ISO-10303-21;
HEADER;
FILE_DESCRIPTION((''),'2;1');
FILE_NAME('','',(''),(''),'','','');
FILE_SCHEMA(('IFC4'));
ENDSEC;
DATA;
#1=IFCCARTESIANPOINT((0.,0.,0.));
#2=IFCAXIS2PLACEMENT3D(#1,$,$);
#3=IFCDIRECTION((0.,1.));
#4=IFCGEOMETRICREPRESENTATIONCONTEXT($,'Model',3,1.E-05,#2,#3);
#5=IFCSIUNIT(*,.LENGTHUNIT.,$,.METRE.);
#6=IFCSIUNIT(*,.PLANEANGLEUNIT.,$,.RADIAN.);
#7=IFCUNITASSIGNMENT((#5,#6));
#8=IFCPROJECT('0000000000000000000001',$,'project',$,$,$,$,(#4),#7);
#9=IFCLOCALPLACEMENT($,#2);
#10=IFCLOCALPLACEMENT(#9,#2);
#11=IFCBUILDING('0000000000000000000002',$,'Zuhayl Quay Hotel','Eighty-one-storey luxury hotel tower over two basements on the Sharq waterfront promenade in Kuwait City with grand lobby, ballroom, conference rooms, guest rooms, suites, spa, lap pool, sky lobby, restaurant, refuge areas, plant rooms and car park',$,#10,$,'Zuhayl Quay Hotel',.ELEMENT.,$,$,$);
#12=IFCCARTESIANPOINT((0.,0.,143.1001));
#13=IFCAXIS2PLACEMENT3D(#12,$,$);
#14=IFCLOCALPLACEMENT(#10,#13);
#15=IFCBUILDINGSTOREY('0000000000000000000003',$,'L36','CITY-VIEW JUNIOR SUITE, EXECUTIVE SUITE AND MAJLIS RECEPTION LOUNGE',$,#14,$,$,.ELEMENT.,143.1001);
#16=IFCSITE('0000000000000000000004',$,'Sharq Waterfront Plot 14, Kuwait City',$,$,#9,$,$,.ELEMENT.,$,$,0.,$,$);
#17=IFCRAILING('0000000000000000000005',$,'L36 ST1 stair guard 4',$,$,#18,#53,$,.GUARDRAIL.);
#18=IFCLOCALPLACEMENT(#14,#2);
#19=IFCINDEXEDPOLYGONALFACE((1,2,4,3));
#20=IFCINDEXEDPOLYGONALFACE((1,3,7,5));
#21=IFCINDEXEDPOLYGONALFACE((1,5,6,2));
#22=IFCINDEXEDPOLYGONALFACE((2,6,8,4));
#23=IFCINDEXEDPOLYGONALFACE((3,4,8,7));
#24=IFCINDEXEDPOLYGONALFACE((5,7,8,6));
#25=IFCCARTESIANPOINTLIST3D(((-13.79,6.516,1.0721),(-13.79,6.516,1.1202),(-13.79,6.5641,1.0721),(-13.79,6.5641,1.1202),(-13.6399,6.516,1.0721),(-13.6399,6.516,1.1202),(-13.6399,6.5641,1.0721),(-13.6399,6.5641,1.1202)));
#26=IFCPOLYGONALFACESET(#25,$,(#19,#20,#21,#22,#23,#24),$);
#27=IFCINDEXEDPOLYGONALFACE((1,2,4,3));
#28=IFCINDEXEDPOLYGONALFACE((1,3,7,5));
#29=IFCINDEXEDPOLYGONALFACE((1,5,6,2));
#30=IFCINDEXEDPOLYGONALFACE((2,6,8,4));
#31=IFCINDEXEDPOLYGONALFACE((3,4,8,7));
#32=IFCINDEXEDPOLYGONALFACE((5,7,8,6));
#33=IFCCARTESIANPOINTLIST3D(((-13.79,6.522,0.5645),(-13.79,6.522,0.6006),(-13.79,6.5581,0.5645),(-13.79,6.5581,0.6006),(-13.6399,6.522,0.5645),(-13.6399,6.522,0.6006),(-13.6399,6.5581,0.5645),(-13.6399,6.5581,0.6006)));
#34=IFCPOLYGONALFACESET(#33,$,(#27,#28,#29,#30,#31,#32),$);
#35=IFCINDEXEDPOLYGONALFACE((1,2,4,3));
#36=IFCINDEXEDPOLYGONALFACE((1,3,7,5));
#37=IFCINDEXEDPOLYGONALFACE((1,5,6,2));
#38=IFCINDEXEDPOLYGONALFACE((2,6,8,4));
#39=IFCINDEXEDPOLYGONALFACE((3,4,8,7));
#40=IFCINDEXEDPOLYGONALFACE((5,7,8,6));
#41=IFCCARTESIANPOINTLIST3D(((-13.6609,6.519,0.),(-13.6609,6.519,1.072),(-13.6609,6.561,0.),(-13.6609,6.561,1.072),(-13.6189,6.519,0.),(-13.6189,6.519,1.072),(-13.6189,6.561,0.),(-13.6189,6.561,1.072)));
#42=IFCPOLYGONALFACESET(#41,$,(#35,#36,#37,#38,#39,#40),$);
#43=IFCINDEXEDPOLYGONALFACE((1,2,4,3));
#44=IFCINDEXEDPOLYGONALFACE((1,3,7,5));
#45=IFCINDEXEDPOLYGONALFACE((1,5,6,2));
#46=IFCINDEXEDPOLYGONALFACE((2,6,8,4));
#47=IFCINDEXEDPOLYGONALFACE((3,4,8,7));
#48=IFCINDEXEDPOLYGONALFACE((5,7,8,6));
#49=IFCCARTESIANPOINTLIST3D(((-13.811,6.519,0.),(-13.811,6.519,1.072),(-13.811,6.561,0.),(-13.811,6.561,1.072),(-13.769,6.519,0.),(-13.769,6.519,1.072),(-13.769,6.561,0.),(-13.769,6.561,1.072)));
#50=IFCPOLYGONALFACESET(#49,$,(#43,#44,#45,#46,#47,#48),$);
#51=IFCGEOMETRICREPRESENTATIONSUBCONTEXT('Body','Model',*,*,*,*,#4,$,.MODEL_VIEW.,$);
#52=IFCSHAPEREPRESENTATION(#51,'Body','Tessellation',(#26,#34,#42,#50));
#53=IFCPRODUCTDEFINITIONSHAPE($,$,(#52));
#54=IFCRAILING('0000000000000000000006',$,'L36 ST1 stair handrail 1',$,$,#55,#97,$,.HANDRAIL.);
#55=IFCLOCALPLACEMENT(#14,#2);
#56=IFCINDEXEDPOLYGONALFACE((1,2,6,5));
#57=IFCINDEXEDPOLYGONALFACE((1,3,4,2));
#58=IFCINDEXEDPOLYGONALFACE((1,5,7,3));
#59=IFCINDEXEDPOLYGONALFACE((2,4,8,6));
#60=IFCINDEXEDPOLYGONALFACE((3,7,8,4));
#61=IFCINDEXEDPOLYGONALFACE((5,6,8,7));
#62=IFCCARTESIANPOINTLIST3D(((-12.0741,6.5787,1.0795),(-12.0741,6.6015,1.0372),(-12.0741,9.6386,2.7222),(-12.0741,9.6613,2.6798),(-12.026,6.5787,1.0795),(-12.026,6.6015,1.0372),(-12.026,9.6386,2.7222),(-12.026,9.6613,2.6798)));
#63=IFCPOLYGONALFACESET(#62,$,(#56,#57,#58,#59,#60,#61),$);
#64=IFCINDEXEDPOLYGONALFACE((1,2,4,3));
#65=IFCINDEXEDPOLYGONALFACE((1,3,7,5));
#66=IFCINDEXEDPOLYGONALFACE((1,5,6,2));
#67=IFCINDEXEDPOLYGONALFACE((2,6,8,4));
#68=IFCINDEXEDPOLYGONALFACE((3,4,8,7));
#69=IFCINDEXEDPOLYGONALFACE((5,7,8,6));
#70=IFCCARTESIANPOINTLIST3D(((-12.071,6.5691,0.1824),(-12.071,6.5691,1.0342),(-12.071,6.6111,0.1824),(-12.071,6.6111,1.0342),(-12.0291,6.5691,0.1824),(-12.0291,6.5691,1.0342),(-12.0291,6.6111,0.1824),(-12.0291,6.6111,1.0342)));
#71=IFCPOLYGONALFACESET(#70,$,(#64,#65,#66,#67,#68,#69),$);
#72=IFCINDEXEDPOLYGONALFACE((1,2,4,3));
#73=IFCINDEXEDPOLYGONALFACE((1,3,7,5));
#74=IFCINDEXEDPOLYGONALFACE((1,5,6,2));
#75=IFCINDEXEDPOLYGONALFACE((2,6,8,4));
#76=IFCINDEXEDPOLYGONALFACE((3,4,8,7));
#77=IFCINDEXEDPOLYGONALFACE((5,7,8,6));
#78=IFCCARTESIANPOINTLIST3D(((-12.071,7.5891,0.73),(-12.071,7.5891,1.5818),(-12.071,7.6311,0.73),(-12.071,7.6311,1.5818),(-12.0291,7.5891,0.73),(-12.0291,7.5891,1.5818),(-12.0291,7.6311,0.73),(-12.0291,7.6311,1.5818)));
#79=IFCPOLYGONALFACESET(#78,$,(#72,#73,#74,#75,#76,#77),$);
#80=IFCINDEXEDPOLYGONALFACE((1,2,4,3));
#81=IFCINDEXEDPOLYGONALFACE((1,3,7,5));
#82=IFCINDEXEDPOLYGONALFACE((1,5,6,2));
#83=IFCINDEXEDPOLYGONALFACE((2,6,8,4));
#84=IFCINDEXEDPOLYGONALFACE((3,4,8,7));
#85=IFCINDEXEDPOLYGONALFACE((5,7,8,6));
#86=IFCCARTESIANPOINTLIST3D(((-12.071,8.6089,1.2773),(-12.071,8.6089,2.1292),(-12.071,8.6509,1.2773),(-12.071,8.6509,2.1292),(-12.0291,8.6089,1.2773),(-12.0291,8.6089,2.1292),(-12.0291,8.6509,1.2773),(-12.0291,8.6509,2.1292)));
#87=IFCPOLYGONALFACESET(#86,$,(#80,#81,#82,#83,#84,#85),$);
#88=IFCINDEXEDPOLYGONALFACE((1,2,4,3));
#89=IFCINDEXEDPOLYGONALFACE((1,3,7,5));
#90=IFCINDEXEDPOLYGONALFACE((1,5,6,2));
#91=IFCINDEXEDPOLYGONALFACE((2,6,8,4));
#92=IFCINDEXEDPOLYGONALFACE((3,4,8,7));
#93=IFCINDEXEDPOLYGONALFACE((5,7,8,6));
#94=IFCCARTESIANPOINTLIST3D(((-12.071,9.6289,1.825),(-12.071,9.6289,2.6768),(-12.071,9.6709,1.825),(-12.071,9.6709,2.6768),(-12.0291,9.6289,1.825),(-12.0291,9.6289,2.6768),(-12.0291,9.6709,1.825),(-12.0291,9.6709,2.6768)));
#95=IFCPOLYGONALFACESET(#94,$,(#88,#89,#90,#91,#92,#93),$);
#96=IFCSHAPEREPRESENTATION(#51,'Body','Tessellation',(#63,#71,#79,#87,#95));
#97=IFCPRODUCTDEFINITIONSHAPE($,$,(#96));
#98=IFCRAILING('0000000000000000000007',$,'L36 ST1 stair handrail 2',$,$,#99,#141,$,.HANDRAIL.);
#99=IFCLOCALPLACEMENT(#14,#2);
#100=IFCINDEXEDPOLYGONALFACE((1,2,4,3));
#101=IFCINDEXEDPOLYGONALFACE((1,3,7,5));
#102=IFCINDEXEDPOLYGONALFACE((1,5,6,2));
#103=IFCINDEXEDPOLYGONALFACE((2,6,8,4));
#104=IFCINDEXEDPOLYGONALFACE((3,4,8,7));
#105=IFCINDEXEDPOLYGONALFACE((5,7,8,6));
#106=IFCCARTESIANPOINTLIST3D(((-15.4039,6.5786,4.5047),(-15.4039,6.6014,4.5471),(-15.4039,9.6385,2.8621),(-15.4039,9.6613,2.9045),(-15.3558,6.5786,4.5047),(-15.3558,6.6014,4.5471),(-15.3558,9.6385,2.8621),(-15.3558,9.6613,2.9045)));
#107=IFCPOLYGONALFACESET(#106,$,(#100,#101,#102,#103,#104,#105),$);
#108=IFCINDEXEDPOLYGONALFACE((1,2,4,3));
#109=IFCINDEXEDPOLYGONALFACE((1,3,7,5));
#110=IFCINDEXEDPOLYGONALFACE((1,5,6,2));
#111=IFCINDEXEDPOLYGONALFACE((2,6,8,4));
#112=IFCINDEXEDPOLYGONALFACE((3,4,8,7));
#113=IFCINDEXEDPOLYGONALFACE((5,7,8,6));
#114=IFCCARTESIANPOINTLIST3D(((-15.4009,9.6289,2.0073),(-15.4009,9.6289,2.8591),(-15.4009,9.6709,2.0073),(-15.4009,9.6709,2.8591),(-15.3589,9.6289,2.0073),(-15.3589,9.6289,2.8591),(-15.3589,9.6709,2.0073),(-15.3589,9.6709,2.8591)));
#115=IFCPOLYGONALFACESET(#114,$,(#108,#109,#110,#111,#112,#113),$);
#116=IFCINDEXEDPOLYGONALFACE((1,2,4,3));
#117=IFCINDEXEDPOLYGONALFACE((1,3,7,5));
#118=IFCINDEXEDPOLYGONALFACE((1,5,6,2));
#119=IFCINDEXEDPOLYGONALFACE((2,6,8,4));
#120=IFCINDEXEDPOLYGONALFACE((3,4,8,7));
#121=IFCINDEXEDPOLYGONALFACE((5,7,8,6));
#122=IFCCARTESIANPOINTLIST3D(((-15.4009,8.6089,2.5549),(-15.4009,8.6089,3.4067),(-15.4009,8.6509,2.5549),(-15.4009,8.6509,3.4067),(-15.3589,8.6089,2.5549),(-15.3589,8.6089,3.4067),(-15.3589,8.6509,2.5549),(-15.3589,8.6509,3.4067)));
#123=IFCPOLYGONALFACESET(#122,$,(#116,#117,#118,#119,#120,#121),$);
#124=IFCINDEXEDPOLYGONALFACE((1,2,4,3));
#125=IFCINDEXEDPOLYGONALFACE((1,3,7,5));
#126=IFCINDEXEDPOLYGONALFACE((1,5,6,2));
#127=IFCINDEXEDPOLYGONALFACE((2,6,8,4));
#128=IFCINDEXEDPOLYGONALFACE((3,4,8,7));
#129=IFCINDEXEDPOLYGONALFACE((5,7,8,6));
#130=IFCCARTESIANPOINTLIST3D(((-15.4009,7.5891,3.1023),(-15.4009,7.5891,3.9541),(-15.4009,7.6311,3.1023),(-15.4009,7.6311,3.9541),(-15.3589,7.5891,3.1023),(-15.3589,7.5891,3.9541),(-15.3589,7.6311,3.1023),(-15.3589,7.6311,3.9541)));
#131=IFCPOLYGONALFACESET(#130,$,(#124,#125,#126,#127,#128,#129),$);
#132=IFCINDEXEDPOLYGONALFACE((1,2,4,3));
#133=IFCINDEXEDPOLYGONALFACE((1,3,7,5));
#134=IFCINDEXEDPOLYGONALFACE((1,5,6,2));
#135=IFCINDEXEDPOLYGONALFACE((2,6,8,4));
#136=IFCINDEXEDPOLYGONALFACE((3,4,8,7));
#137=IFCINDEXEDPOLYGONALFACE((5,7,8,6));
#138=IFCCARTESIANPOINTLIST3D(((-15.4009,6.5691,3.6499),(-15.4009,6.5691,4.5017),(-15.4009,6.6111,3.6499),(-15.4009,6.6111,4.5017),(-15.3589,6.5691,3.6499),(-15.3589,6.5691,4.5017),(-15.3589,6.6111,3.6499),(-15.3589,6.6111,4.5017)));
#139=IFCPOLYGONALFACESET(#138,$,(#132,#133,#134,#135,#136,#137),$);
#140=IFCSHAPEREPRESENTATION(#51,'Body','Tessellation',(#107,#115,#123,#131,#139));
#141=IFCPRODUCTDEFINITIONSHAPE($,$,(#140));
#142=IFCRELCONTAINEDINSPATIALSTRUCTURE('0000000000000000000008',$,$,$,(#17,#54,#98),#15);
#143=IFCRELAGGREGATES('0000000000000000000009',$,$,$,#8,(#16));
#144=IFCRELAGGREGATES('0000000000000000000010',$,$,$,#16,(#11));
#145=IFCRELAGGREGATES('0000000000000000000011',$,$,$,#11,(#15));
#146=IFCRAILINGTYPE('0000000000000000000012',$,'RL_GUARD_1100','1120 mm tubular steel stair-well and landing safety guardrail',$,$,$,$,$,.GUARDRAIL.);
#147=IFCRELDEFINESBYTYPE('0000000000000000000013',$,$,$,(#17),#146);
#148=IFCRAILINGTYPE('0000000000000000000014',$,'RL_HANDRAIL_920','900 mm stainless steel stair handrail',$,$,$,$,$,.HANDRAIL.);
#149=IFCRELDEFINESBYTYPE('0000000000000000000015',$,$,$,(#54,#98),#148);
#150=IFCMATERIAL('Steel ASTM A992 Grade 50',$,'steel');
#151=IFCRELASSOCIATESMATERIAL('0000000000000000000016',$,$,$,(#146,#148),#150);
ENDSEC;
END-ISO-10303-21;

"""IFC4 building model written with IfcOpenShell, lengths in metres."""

from ifc_helpers import new_model, si_unit, direction, frame, origin, origin_2d, place, context, subcontext, project, spatial, rectangle, extrude, material, type_object, element, save


model = new_model("IFC4")

# Units and contexts
model_context = context("Model", 3, precision=1e-05, world=origin(), true_north=direction((0.0, 1.0)))
body_context = subcontext(model_context, "Body", "Model", "MODEL_VIEW")
ifc_project = project(units=[si_unit("LENGTHUNIT", "METRE"), si_unit("PLANEANGLEUNIT", "RADIAN")], contexts=[model_context])

# Site, building, storey
site_placement = place(None, origin())
site = spatial("IfcSite", under=ifc_project, at=site_placement, Name="Sharq Waterfront Plot 14, Kuwait City", CompositionType="ELEMENT", RefElevation=0.0)
building_placement = place(site_placement, origin())
building = spatial("IfcBuilding", under=site, at=building_placement, Name="Zuhayl Quay Hotel", Description="Eighty-one-storey luxury hotel tower over two basements on the Sharq waterfront promenade in Kuwait City with grand lobby, ballroom, conference rooms, guest rooms, suites, spa, lap pool, sky lobby, restaurant, refuge areas, plant rooms and car park", LongName="Zuhayl Quay Hotel", CompositionType="ELEMENT")
storey_placement = place(building_placement, frame((0.0, 0.0, 143.1001)))
storey = spatial("IfcBuildingStorey", under=building, at=storey_placement, Name="L36", Description="CITY-VIEW JUNIOR SUITE, EXECUTIVE SUITE AND MAJLIS RECEPTION LOUNGE", CompositionType="ELEMENT", Elevation=143.1001)

# Shared definitions
ifc_material_1 = material(Name="Steel ASTM A992 Grade 50", Category="steel")

# Railings
railing_type_1 = type_object("IfcRailingType", Name="RL_GUARD_1100", Description="1120 mm tubular steel stair-well and landing safety guardrail", PredefinedType="GUARDRAIL", material=ifc_material_1)
railing_1_placement = place(storey_placement, frame((-13.6399, 6.54, 0.0)))
element("IfcRailing", 1, at=railing_1_placement, inside=storey, type_object=railing_type_1, Name="L36 ST1 stair guard 4", PredefinedType="GUARDRAIL", context=body_context, shape_type="SweptSolid", body=[
    extrude(rectangle(XDim=0.0481, YDim=0.0481, at=origin_2d()), frame((0.0, 0.0, 1.0962), z_axis=(-1.0, 0.0, 0.0), x_axis=(0.0, -1.0, 0.0)), (0.0, 0.0, 1.0), 0.1501),
    extrude(rectangle(XDim=0.0361, YDim=0.0361, at=origin_2d()), frame((0.0, 0.0, 0.5825), z_axis=(-1.0, 0.0, 0.0), x_axis=(0.0, -1.0, 0.0)), (0.0, 0.0, 1.0), 0.1501),
    extrude(rectangle(XDim=0.042, YDim=0.042, at=origin_2d()), origin(), (0.0, 0.0, 1.0), 1.072),
    extrude(rectangle(XDim=0.042, YDim=0.042, at=origin_2d()), frame((-0.1501, 0.0, 0.0)), (0.0, 0.0, 1.0), 1.072),
])
railing_type_2 = type_object("IfcRailingType", Name="RL_HANDRAIL_920", Description="900 mm stainless steel stair handrail", PredefinedType="HANDRAIL", material=ifc_material_1)
railing_2_placement = place(storey_placement, frame((-12.05, 6.5901, 0.1824)))
element("IfcRailing", 2, at=railing_2_placement, inside=storey, type_object=railing_type_2, Name="L36 ST1 stair handrail 1", PredefinedType="HANDRAIL", context=body_context, shape_type="SweptSolid", body=[
    extrude(rectangle(XDim=0.0481, YDim=0.0481, at=origin_2d()), frame((0.0, 0.0, 0.876), z_axis=(0.0, 0.881073, 0.47298), x_axis=(-1.0, 0.0, 0.0)), (0.0, 0.0, 1.0), 3.4729),
    extrude(rectangle(XDim=0.042, YDim=0.042, at=origin_2d()), origin(), (0.0, 0.0, 1.0), 0.8518),
    extrude(rectangle(XDim=0.042, YDim=0.042, at=origin_2d()), frame((0.0, 1.02, 0.5476)), (0.0, 0.0, 1.0), 0.8518),
    extrude(rectangle(XDim=0.042, YDim=0.042, at=origin_2d()), frame((0.0, 2.0398, 1.095)), (0.0, 0.0, 1.0), 0.8518),
    extrude(rectangle(XDim=0.042, YDim=0.042, at=origin_2d()), frame((0.0, 3.0598, 1.6426)), (0.0, 0.0, 1.0), 0.8518),
])
railing_3_placement = place(storey_placement, frame((-15.3799, 9.6499, 2.0073)))
element("IfcRailing", 3, at=railing_3_placement, inside=storey, type_object=railing_type_2, Name="L36 ST1 stair handrail 2", PredefinedType="HANDRAIL", context=body_context, shape_type="SweptSolid", body=[
    extrude(rectangle(XDim=0.0481, YDim=0.0481, at=origin_2d()), frame((0.0, 0.0, 0.876), z_axis=(0.0, -0.881073, 0.47298), x_axis=(1.0, 0.0, 0.0)), (0.0, 0.0, 1.0), 3.4729),
    extrude(rectangle(XDim=0.042, YDim=0.042, at=origin_2d()), origin(), (0.0, 0.0, 1.0), 0.8518),
    extrude(rectangle(XDim=0.042, YDim=0.042, at=origin_2d()), frame((0.0, -1.02, 0.5476)), (0.0, 0.0, 1.0), 0.8518),
    extrude(rectangle(XDim=0.042, YDim=0.042, at=origin_2d()), frame((0.0, -2.0398, 1.095)), (0.0, 0.0, 1.0), 0.8518),
    extrude(rectangle(XDim=0.042, YDim=0.042, at=origin_2d()), frame((0.0, -3.0598, 1.6426)), (0.0, 0.0, 1.0), 0.8518),
])

save(model, "model.ifc")
